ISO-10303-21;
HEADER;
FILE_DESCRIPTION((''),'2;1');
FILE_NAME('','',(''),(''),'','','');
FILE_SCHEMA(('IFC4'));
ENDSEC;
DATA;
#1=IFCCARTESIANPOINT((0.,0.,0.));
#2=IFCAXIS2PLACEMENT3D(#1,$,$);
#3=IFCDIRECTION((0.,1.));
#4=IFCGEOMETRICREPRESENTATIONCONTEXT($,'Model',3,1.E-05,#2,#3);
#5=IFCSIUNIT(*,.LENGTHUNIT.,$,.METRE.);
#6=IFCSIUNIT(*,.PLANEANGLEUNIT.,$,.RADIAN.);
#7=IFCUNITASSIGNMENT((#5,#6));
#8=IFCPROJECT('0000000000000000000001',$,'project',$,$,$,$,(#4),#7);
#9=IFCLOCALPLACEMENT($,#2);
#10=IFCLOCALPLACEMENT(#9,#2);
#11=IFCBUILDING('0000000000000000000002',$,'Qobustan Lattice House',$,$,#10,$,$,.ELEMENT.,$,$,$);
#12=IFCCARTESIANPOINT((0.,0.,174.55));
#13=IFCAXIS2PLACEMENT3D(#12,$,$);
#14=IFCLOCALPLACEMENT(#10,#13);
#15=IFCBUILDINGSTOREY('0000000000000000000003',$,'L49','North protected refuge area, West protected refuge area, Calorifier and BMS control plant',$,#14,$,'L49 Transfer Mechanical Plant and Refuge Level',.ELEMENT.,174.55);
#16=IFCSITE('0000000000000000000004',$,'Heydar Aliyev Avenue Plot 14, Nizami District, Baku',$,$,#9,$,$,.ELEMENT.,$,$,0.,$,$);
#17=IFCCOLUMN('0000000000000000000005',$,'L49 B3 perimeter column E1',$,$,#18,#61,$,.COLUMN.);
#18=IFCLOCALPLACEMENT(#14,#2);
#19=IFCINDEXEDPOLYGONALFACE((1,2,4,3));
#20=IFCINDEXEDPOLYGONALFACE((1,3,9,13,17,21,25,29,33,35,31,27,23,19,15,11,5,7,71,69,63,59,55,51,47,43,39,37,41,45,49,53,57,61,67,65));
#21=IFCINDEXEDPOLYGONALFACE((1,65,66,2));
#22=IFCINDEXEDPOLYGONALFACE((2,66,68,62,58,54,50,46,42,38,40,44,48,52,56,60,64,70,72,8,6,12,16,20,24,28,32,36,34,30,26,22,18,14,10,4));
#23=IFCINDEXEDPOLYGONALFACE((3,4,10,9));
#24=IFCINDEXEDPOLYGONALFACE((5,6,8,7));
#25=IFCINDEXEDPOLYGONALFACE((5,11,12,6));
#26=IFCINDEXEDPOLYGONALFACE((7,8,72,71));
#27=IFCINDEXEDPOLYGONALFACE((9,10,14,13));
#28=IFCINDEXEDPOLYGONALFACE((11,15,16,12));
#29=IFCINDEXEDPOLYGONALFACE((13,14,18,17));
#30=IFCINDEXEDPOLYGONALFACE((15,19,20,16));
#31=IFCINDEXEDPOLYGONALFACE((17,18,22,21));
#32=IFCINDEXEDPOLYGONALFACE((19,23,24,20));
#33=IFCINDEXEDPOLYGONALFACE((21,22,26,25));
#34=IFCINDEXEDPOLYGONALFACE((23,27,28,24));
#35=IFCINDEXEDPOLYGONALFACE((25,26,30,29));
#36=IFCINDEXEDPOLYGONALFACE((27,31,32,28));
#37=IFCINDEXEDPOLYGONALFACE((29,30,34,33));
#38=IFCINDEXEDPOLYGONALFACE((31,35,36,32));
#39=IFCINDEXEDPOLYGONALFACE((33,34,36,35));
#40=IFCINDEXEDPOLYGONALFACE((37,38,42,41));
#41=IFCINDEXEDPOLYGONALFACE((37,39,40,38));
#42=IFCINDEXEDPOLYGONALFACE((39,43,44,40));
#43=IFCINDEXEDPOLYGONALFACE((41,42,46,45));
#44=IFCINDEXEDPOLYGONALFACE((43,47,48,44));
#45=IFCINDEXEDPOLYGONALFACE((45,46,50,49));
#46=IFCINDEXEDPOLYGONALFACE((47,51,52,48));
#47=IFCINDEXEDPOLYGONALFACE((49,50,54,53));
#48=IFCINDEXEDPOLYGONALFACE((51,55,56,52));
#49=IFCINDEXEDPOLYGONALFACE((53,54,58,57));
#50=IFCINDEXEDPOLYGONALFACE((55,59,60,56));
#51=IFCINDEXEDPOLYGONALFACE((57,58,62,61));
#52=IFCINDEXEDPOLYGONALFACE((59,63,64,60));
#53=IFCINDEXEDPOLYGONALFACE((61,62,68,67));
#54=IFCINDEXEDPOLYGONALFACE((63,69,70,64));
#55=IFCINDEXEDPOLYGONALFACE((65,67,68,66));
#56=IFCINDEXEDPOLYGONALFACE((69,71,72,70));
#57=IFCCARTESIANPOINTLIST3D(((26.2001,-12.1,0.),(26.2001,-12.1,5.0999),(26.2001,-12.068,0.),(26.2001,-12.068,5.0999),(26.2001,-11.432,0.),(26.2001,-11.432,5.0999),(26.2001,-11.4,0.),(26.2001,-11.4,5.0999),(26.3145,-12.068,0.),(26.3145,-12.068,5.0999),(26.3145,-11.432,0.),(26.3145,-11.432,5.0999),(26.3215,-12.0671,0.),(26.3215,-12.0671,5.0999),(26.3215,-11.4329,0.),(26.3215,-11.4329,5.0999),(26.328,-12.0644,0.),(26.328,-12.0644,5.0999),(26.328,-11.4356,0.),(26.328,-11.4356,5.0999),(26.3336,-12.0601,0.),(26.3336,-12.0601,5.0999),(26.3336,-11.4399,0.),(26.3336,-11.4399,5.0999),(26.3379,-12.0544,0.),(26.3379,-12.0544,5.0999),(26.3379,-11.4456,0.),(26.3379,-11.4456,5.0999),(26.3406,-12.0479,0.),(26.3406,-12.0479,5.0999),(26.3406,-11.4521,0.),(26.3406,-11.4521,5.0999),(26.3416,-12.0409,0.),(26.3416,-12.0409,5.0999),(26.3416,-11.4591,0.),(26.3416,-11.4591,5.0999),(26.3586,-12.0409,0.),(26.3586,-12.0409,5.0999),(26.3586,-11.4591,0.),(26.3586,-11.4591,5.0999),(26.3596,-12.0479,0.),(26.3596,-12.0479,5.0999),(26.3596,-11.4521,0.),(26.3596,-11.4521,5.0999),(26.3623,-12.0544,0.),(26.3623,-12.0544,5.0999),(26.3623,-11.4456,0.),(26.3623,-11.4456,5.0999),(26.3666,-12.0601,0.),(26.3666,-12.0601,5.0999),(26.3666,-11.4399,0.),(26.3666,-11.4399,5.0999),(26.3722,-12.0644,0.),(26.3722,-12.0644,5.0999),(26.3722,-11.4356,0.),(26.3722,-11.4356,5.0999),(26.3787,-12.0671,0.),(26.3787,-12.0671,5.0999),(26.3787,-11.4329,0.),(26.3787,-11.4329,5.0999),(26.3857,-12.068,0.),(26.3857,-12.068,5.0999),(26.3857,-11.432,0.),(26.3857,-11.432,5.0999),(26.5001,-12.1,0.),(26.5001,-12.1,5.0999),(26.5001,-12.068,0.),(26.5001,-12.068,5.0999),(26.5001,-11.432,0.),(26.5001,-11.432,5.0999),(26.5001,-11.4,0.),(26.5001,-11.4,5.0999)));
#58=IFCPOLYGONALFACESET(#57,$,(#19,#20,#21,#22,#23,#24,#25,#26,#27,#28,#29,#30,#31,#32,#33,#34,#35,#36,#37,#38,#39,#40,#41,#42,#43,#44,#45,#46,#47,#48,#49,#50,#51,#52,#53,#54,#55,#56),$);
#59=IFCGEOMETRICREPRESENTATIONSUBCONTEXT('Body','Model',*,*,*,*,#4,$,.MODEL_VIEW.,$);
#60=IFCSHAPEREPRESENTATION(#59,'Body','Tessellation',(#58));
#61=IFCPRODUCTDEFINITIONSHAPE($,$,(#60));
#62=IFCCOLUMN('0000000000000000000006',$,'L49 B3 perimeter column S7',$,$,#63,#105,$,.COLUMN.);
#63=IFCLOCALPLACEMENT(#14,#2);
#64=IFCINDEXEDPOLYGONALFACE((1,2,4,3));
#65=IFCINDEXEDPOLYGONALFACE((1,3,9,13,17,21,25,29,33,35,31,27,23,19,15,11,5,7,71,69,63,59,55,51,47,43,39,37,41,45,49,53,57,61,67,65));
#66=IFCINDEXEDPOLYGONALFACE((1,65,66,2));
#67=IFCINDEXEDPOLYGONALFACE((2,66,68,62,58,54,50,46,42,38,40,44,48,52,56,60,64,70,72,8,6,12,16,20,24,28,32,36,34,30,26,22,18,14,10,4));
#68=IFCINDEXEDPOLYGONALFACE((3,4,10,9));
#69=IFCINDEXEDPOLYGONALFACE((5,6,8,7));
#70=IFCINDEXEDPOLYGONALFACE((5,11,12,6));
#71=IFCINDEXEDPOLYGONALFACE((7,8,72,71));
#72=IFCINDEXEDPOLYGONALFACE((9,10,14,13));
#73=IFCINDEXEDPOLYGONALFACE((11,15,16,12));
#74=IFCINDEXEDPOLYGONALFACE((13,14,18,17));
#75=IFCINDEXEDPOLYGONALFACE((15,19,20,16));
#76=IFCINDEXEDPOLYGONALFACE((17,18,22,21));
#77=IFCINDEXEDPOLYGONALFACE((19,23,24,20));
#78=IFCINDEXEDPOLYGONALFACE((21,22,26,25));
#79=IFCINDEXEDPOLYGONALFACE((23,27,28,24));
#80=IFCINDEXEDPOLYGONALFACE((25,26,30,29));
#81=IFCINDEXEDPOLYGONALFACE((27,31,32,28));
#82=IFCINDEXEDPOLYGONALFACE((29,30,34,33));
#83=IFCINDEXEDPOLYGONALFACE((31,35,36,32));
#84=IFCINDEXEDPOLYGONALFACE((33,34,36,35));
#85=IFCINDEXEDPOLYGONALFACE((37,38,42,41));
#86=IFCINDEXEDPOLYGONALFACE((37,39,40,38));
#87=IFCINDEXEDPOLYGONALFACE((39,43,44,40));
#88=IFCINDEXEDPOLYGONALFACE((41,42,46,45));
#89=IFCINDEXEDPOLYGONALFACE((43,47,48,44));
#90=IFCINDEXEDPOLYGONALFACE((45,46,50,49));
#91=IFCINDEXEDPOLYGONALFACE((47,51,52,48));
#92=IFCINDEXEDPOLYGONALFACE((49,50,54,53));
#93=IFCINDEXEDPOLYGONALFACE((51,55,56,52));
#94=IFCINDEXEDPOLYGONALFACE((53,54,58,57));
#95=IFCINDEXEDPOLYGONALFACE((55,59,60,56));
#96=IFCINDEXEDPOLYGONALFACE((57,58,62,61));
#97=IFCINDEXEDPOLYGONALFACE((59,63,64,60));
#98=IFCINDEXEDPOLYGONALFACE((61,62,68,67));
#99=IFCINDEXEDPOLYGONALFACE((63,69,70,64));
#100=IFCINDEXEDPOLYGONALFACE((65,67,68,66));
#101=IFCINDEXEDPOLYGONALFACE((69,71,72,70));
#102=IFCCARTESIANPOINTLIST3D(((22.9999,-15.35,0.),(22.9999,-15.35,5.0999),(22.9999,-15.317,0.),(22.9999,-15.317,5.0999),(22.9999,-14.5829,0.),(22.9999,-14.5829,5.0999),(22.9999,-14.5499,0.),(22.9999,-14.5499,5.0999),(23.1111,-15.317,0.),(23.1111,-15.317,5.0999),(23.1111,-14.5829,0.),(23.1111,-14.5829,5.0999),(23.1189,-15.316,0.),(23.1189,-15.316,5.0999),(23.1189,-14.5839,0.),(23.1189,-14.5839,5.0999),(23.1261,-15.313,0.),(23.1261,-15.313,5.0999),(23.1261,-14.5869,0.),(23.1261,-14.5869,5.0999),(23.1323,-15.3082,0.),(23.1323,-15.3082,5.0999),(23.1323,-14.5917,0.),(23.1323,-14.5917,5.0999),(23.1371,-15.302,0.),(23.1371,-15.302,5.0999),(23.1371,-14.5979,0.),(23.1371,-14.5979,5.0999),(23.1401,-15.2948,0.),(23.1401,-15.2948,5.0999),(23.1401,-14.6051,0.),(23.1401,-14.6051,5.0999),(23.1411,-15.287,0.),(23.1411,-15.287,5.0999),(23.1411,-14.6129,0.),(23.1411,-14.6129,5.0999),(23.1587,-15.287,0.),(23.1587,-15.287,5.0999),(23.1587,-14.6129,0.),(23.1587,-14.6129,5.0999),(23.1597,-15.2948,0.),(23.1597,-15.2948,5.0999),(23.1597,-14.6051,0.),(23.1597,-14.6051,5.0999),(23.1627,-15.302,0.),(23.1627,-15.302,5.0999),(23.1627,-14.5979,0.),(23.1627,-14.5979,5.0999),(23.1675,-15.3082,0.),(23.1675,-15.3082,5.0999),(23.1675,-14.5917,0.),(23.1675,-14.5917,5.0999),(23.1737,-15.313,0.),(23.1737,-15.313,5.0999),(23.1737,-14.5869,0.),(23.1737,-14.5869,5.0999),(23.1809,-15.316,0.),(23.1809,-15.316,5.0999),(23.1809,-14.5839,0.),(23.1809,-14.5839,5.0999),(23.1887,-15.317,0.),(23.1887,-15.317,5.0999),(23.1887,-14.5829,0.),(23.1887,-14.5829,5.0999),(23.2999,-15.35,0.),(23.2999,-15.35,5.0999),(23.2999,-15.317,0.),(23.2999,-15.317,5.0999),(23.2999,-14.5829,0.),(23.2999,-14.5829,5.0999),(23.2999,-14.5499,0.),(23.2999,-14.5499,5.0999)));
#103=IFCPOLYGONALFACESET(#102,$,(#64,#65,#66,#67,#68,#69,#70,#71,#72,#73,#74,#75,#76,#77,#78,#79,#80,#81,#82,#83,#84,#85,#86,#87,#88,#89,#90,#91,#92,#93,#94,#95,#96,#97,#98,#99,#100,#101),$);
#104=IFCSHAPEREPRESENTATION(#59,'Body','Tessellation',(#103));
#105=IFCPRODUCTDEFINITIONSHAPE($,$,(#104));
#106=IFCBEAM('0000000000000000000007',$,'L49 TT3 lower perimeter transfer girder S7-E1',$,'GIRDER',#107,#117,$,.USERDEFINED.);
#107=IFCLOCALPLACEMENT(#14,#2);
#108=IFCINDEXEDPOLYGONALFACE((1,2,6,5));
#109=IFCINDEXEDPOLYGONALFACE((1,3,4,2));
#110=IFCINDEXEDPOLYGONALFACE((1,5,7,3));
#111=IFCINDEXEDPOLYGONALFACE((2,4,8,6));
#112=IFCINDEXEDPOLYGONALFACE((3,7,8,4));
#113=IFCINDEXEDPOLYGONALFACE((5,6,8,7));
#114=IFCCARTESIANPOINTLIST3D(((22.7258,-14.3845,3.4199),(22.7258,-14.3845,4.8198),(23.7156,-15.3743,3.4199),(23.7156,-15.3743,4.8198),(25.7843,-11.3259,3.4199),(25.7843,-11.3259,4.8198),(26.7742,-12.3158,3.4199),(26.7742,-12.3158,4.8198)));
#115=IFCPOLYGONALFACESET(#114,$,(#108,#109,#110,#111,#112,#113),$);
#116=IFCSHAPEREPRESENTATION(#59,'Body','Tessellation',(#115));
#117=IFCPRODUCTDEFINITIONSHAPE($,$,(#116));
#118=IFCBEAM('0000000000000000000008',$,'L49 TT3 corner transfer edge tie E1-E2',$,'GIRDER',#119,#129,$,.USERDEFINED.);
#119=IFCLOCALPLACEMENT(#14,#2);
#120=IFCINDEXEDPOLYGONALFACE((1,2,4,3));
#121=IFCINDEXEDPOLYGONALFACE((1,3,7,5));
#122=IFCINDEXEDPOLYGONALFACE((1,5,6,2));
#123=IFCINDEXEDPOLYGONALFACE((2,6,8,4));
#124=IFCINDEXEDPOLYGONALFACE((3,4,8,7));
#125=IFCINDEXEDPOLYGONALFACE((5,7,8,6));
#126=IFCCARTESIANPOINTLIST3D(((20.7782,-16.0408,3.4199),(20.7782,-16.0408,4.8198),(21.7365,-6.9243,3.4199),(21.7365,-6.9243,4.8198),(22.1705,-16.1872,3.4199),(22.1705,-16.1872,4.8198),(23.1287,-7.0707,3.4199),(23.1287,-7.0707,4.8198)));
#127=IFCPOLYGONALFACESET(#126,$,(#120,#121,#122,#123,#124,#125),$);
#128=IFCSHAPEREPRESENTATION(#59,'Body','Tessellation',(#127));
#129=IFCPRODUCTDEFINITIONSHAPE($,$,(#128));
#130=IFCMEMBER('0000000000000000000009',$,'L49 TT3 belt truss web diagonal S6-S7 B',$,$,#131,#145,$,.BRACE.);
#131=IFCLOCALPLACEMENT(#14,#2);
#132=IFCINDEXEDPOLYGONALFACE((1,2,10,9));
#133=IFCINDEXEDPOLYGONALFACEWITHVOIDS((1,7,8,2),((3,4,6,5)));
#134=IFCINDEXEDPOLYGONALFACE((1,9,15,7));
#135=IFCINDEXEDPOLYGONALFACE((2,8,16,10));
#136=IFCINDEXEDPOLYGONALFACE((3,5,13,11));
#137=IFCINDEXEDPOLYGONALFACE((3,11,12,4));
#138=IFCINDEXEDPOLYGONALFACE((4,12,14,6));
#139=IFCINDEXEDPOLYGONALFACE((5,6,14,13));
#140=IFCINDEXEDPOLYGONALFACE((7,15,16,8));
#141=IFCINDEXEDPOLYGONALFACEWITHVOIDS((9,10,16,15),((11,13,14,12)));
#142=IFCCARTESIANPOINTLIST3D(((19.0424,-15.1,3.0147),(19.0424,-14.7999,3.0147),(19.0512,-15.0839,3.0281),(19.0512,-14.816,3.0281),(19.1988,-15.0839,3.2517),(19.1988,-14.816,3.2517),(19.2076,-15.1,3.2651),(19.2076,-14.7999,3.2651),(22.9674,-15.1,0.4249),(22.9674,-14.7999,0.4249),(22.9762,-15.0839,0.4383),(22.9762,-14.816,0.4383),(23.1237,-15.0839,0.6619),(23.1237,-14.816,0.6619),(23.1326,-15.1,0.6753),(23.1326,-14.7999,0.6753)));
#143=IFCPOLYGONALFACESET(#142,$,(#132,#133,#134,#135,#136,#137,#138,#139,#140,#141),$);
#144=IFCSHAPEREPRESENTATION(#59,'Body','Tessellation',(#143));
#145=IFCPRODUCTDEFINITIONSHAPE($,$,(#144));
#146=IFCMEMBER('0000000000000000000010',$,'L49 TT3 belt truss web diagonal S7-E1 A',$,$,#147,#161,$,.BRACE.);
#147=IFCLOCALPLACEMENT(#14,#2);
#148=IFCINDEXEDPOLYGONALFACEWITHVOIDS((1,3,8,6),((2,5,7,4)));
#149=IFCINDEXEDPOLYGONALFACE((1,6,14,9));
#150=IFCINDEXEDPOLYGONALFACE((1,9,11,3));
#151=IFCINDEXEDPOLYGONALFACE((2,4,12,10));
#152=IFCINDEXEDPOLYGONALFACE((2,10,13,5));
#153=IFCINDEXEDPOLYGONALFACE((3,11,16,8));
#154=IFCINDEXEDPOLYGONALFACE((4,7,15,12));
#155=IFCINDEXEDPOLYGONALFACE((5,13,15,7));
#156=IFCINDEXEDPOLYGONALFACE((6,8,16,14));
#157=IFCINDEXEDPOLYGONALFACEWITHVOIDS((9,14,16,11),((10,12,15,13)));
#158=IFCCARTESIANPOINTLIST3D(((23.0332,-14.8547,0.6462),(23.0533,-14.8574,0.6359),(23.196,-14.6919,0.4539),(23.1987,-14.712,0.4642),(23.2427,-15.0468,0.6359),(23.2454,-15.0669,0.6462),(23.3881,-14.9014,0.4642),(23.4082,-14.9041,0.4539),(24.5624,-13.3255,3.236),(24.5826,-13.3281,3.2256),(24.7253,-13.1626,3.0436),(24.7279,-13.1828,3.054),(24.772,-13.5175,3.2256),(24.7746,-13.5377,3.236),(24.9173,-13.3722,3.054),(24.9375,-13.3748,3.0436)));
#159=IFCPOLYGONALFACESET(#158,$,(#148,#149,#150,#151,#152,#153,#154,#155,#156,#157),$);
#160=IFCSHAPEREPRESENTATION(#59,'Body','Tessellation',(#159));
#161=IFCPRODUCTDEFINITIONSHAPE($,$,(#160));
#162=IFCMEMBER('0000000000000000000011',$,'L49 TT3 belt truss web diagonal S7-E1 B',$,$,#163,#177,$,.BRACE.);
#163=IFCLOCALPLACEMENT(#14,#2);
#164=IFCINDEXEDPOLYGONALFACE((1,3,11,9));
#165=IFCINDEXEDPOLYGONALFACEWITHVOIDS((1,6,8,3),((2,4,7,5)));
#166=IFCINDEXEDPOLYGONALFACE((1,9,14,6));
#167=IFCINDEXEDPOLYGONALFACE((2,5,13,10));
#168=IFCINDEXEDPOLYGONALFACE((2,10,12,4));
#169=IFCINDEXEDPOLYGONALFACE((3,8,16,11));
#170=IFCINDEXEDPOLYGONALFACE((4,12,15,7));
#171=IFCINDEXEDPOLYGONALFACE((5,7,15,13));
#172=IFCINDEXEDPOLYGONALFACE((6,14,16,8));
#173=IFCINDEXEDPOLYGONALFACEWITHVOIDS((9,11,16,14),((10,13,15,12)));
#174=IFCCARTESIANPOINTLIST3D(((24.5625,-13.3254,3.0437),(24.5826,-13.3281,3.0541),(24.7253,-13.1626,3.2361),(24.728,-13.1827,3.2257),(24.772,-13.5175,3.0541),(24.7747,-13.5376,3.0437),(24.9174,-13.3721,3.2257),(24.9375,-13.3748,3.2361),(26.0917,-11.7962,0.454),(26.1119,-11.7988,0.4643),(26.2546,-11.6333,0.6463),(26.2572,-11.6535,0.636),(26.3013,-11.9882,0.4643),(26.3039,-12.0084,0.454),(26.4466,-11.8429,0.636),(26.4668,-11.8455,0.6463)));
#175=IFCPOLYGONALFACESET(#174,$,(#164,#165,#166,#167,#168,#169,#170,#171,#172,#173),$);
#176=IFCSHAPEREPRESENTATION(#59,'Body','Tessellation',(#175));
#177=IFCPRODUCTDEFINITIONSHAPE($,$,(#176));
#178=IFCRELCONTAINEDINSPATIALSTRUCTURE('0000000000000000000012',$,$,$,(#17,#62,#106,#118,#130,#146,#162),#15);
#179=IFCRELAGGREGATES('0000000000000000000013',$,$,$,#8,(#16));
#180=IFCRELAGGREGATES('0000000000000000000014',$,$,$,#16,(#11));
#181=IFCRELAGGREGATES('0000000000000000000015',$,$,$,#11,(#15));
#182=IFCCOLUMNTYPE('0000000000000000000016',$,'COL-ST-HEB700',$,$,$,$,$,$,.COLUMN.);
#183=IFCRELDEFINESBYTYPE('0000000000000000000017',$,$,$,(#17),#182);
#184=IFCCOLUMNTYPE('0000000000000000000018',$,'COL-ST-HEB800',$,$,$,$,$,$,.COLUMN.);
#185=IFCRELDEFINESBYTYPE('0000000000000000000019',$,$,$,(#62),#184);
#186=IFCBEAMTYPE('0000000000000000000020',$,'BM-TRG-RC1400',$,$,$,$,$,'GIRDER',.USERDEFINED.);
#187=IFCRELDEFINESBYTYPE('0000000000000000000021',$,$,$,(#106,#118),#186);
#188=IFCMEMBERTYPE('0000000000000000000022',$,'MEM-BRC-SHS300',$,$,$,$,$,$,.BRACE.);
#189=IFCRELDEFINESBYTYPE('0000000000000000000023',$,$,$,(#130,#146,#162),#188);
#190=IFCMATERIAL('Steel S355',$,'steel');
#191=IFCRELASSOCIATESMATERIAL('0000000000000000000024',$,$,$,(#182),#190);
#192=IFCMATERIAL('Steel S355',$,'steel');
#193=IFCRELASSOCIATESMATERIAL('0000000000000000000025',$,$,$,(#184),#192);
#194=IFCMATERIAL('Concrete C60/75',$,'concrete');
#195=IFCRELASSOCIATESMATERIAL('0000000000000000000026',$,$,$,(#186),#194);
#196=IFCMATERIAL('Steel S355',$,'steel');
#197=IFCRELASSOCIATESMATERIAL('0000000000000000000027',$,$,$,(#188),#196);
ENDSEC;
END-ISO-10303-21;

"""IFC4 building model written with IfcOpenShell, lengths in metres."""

from ifc_helpers import new_model, si_unit, direction, frame, origin, origin_2d, place, context, subcontext, project, spatial, rectangle, hollow_rectangle, i_section, extrude, material, material_profile, profile_set, type_object, element, save


model = new_model("IFC4")

# Units and contexts
model_context = context("Model", 3, precision=1e-05, world=origin(), true_north=direction((0.0, 1.0)))
body_context = subcontext(model_context, "Body", "Model", "MODEL_VIEW")
ifc_project = project(units=[si_unit("LENGTHUNIT", "METRE"), si_unit("PLANEANGLEUNIT", "RADIAN")], contexts=[model_context])

# Site, building, storey
site_placement = place(None, origin())
site = spatial("IfcSite", under=ifc_project, at=site_placement, Name="Heydar Aliyev Avenue Plot 14, Nizami District, Baku", CompositionType="ELEMENT", RefElevation=0.0)
building_placement = place(site_placement, origin())
building = spatial("IfcBuilding", under=site, at=building_placement, Name="Qobustan Lattice House", CompositionType="ELEMENT")
storey_placement = place(building_placement, frame((0.0, 0.0, 174.55)))
storey = spatial("IfcBuildingStorey", under=building, at=storey_placement, Name="L49", Description="North protected refuge area, West protected refuge area, Calorifier and BMS control plant", LongName="L49 Transfer Mechanical Plant and Refuge Level", CompositionType="ELEMENT", Elevation=174.55)

# Columns
ifc_material_1 = material(Name="Steel S355", Category="steel")
ifc_material_profile_1 = material_profile(ifc_material_1, i_section(OverallWidth=0.3, OverallDepth=0.7, WebThickness=0.0171, FlangeThickness=0.032, FilletRadius=0.0271, at=origin_2d()), Name="HEB700")
ifc_profile_set_1 = profile_set([ifc_material_profile_1], Name="Steel S355")
column_type_1 = type_object("IfcColumnType", Name="COL-ST-HEB700", PredefinedType="COLUMN", material=ifc_profile_set_1)
column_1_placement = place(storey_placement, frame((26.3501, -11.75, 0.0), z_axis=(0.0, 0.0, 1.0), x_axis=(1.0, 0.0, 0.0)))
element("IfcColumn", 1, at=column_1_placement, inside=storey, type_object=column_type_1, Name="L49 B3 perimeter column E1", PredefinedType="COLUMN", context=body_context, shape_type="SweptSolid", body=[
    extrude(i_section(OverallWidth=0.3, OverallDepth=0.7, WebThickness=0.0171, FlangeThickness=0.032, FilletRadius=0.0271, at=origin_2d()), origin(), (0.0, 0.0, 1.0), 5.0999),
])
ifc_material_2 = material(Name="Steel S355", Category="steel")
ifc_material_profile_2 = material_profile(ifc_material_2, i_section(OverallWidth=0.3, OverallDepth=0.8, WebThickness=0.0176, FlangeThickness=0.033, FilletRadius=0.03, at=origin_2d()), Name="HEB800")
ifc_profile_set_2 = profile_set([ifc_material_profile_2], Name="Steel S355")
column_type_2 = type_object("IfcColumnType", Name="COL-ST-HEB800", PredefinedType="COLUMN", material=ifc_profile_set_2)
column_2_placement = place(storey_placement, frame((23.1499, -14.95, 0.0), z_axis=(0.0, 0.0, 1.0), x_axis=(1.0, 0.0, 0.0)))
element("IfcColumn", 2, at=column_2_placement, inside=storey, type_object=column_type_2, Name="L49 B3 perimeter column S7", PredefinedType="COLUMN", context=body_context, shape_type="SweptSolid", body=[
    extrude(i_section(OverallWidth=0.3, OverallDepth=0.8, WebThickness=0.0176, FlangeThickness=0.033, FilletRadius=0.03, at=origin_2d()), origin(), (0.0, 0.0, 1.0), 5.0999),
])

# Beams
ifc_material_3 = material(Name="Concrete C60/75", Category="concrete")
ifc_material_profile_3 = material_profile(ifc_material_3, rectangle(XDim=1.3999, YDim=1.3999, at=origin_2d()), Name="RC1400x1400")
ifc_profile_set_3 = profile_set([ifc_material_profile_3], Name="Concrete C60/75")
beam_type = type_object("IfcBeamType", Name="BM-TRG-RC1400", ElementType="GIRDER", PredefinedType="USERDEFINED", material=ifc_profile_set_3)
beam_1_placement = place(storey_placement, frame((23.2207, -14.8794, 4.1199), z_axis=(0.707107, 0.707107, 0.0), x_axis=(-0.707107, 0.707107, 0.0)))
element("IfcBeam", 3, at=beam_1_placement, inside=storey, type_object=beam_type, Name="L49 TT3 lower perimeter transfer girder S7-E1", ObjectType="GIRDER", PredefinedType="USERDEFINED", context=body_context, shape_type="SweptSolid", body=[
    extrude(rectangle(XDim=1.3999, YDim=1.3999, at=origin_2d()), origin(), (0.0, 0.0, 1.0), 4.3254),
])
beam_2_placement = place(storey_placement, frame((21.4744, -16.114, 4.1199), z_axis=(0.104536, 0.994521, 0.0), x_axis=(-0.994521, 0.104536, 0.0)))
element("IfcBeam", 4, at=beam_2_placement, inside=storey, type_object=beam_type, Name="L49 TT3 corner transfer edge tie E1-E2", ObjectType="GIRDER", PredefinedType="USERDEFINED", context=body_context, shape_type="SweptSolid", body=[
    extrude(rectangle(XDim=1.3999, YDim=1.3999, at=origin_2d()), origin(), (0.0, 0.0, 1.0), 9.1667),
])

# Members
ifc_material_4 = material(Name="Steel S355", Category="steel")
ifc_material_profile_4 = material_profile(ifc_material_4, hollow_rectangle(XDim=0.3, YDim=0.3, WallThickness=0.0161, at=origin_2d()), Name="SHS300x300x16")
ifc_profile_set_4 = profile_set([ifc_material_profile_4], Name="Steel S355")
member_type_1 = type_object("IfcMemberType", Name="MEM-BRC-SHS300", PredefinedType="BRACE", material=ifc_profile_set_4)
member_1_placement = place(storey_placement, frame((19.125, -14.95, 3.1399), z_axis=(0.834677, 0.0, -0.55074), x_axis=(0.0, 1.0, 0.0)))
element("IfcMember", 5, at=member_1_placement, inside=storey, type_object=member_type_1, Name="L49 TT3 belt truss web diagonal S6-S7 B", PredefinedType="BRACE", context=body_context, shape_type="SweptSolid", body=[
    extrude(hollow_rectangle(XDim=0.3, YDim=0.3, WallThickness=0.0161, at=origin_2d()), origin(), (0.0, 0.0, 1.0), 4.7024),
])
for number, where, z_axis, x_axis, name in (
    (6, (23.2207, -14.8794, 0.55), (0.453241, 0.453241, 0.767558), (-0.707107, 0.707107, 0.0), "L49 TT3 belt truss web diagonal S7-E1 A"),
    (7, (24.75, -13.3501, 3.1399), (0.453241, 0.453241, -0.767558), (-0.707107, 0.707107, 0.0), "L49 TT3 belt truss web diagonal S7-E1 B"),
):
    element("IfcMember", number, at=place(storey_placement, frame(where, z_axis=z_axis, x_axis=x_axis)), inside=storey, type_object=member_type_1, Name=name, PredefinedType="BRACE", context=body_context, shape_type="SweptSolid", body=[
        extrude(hollow_rectangle(XDim=0.3, YDim=0.3, WallThickness=0.0161, at=origin_2d()), origin(), (0.0, 0.0, 1.0), 3.374),
    ])

save(model, "model.ifc")
